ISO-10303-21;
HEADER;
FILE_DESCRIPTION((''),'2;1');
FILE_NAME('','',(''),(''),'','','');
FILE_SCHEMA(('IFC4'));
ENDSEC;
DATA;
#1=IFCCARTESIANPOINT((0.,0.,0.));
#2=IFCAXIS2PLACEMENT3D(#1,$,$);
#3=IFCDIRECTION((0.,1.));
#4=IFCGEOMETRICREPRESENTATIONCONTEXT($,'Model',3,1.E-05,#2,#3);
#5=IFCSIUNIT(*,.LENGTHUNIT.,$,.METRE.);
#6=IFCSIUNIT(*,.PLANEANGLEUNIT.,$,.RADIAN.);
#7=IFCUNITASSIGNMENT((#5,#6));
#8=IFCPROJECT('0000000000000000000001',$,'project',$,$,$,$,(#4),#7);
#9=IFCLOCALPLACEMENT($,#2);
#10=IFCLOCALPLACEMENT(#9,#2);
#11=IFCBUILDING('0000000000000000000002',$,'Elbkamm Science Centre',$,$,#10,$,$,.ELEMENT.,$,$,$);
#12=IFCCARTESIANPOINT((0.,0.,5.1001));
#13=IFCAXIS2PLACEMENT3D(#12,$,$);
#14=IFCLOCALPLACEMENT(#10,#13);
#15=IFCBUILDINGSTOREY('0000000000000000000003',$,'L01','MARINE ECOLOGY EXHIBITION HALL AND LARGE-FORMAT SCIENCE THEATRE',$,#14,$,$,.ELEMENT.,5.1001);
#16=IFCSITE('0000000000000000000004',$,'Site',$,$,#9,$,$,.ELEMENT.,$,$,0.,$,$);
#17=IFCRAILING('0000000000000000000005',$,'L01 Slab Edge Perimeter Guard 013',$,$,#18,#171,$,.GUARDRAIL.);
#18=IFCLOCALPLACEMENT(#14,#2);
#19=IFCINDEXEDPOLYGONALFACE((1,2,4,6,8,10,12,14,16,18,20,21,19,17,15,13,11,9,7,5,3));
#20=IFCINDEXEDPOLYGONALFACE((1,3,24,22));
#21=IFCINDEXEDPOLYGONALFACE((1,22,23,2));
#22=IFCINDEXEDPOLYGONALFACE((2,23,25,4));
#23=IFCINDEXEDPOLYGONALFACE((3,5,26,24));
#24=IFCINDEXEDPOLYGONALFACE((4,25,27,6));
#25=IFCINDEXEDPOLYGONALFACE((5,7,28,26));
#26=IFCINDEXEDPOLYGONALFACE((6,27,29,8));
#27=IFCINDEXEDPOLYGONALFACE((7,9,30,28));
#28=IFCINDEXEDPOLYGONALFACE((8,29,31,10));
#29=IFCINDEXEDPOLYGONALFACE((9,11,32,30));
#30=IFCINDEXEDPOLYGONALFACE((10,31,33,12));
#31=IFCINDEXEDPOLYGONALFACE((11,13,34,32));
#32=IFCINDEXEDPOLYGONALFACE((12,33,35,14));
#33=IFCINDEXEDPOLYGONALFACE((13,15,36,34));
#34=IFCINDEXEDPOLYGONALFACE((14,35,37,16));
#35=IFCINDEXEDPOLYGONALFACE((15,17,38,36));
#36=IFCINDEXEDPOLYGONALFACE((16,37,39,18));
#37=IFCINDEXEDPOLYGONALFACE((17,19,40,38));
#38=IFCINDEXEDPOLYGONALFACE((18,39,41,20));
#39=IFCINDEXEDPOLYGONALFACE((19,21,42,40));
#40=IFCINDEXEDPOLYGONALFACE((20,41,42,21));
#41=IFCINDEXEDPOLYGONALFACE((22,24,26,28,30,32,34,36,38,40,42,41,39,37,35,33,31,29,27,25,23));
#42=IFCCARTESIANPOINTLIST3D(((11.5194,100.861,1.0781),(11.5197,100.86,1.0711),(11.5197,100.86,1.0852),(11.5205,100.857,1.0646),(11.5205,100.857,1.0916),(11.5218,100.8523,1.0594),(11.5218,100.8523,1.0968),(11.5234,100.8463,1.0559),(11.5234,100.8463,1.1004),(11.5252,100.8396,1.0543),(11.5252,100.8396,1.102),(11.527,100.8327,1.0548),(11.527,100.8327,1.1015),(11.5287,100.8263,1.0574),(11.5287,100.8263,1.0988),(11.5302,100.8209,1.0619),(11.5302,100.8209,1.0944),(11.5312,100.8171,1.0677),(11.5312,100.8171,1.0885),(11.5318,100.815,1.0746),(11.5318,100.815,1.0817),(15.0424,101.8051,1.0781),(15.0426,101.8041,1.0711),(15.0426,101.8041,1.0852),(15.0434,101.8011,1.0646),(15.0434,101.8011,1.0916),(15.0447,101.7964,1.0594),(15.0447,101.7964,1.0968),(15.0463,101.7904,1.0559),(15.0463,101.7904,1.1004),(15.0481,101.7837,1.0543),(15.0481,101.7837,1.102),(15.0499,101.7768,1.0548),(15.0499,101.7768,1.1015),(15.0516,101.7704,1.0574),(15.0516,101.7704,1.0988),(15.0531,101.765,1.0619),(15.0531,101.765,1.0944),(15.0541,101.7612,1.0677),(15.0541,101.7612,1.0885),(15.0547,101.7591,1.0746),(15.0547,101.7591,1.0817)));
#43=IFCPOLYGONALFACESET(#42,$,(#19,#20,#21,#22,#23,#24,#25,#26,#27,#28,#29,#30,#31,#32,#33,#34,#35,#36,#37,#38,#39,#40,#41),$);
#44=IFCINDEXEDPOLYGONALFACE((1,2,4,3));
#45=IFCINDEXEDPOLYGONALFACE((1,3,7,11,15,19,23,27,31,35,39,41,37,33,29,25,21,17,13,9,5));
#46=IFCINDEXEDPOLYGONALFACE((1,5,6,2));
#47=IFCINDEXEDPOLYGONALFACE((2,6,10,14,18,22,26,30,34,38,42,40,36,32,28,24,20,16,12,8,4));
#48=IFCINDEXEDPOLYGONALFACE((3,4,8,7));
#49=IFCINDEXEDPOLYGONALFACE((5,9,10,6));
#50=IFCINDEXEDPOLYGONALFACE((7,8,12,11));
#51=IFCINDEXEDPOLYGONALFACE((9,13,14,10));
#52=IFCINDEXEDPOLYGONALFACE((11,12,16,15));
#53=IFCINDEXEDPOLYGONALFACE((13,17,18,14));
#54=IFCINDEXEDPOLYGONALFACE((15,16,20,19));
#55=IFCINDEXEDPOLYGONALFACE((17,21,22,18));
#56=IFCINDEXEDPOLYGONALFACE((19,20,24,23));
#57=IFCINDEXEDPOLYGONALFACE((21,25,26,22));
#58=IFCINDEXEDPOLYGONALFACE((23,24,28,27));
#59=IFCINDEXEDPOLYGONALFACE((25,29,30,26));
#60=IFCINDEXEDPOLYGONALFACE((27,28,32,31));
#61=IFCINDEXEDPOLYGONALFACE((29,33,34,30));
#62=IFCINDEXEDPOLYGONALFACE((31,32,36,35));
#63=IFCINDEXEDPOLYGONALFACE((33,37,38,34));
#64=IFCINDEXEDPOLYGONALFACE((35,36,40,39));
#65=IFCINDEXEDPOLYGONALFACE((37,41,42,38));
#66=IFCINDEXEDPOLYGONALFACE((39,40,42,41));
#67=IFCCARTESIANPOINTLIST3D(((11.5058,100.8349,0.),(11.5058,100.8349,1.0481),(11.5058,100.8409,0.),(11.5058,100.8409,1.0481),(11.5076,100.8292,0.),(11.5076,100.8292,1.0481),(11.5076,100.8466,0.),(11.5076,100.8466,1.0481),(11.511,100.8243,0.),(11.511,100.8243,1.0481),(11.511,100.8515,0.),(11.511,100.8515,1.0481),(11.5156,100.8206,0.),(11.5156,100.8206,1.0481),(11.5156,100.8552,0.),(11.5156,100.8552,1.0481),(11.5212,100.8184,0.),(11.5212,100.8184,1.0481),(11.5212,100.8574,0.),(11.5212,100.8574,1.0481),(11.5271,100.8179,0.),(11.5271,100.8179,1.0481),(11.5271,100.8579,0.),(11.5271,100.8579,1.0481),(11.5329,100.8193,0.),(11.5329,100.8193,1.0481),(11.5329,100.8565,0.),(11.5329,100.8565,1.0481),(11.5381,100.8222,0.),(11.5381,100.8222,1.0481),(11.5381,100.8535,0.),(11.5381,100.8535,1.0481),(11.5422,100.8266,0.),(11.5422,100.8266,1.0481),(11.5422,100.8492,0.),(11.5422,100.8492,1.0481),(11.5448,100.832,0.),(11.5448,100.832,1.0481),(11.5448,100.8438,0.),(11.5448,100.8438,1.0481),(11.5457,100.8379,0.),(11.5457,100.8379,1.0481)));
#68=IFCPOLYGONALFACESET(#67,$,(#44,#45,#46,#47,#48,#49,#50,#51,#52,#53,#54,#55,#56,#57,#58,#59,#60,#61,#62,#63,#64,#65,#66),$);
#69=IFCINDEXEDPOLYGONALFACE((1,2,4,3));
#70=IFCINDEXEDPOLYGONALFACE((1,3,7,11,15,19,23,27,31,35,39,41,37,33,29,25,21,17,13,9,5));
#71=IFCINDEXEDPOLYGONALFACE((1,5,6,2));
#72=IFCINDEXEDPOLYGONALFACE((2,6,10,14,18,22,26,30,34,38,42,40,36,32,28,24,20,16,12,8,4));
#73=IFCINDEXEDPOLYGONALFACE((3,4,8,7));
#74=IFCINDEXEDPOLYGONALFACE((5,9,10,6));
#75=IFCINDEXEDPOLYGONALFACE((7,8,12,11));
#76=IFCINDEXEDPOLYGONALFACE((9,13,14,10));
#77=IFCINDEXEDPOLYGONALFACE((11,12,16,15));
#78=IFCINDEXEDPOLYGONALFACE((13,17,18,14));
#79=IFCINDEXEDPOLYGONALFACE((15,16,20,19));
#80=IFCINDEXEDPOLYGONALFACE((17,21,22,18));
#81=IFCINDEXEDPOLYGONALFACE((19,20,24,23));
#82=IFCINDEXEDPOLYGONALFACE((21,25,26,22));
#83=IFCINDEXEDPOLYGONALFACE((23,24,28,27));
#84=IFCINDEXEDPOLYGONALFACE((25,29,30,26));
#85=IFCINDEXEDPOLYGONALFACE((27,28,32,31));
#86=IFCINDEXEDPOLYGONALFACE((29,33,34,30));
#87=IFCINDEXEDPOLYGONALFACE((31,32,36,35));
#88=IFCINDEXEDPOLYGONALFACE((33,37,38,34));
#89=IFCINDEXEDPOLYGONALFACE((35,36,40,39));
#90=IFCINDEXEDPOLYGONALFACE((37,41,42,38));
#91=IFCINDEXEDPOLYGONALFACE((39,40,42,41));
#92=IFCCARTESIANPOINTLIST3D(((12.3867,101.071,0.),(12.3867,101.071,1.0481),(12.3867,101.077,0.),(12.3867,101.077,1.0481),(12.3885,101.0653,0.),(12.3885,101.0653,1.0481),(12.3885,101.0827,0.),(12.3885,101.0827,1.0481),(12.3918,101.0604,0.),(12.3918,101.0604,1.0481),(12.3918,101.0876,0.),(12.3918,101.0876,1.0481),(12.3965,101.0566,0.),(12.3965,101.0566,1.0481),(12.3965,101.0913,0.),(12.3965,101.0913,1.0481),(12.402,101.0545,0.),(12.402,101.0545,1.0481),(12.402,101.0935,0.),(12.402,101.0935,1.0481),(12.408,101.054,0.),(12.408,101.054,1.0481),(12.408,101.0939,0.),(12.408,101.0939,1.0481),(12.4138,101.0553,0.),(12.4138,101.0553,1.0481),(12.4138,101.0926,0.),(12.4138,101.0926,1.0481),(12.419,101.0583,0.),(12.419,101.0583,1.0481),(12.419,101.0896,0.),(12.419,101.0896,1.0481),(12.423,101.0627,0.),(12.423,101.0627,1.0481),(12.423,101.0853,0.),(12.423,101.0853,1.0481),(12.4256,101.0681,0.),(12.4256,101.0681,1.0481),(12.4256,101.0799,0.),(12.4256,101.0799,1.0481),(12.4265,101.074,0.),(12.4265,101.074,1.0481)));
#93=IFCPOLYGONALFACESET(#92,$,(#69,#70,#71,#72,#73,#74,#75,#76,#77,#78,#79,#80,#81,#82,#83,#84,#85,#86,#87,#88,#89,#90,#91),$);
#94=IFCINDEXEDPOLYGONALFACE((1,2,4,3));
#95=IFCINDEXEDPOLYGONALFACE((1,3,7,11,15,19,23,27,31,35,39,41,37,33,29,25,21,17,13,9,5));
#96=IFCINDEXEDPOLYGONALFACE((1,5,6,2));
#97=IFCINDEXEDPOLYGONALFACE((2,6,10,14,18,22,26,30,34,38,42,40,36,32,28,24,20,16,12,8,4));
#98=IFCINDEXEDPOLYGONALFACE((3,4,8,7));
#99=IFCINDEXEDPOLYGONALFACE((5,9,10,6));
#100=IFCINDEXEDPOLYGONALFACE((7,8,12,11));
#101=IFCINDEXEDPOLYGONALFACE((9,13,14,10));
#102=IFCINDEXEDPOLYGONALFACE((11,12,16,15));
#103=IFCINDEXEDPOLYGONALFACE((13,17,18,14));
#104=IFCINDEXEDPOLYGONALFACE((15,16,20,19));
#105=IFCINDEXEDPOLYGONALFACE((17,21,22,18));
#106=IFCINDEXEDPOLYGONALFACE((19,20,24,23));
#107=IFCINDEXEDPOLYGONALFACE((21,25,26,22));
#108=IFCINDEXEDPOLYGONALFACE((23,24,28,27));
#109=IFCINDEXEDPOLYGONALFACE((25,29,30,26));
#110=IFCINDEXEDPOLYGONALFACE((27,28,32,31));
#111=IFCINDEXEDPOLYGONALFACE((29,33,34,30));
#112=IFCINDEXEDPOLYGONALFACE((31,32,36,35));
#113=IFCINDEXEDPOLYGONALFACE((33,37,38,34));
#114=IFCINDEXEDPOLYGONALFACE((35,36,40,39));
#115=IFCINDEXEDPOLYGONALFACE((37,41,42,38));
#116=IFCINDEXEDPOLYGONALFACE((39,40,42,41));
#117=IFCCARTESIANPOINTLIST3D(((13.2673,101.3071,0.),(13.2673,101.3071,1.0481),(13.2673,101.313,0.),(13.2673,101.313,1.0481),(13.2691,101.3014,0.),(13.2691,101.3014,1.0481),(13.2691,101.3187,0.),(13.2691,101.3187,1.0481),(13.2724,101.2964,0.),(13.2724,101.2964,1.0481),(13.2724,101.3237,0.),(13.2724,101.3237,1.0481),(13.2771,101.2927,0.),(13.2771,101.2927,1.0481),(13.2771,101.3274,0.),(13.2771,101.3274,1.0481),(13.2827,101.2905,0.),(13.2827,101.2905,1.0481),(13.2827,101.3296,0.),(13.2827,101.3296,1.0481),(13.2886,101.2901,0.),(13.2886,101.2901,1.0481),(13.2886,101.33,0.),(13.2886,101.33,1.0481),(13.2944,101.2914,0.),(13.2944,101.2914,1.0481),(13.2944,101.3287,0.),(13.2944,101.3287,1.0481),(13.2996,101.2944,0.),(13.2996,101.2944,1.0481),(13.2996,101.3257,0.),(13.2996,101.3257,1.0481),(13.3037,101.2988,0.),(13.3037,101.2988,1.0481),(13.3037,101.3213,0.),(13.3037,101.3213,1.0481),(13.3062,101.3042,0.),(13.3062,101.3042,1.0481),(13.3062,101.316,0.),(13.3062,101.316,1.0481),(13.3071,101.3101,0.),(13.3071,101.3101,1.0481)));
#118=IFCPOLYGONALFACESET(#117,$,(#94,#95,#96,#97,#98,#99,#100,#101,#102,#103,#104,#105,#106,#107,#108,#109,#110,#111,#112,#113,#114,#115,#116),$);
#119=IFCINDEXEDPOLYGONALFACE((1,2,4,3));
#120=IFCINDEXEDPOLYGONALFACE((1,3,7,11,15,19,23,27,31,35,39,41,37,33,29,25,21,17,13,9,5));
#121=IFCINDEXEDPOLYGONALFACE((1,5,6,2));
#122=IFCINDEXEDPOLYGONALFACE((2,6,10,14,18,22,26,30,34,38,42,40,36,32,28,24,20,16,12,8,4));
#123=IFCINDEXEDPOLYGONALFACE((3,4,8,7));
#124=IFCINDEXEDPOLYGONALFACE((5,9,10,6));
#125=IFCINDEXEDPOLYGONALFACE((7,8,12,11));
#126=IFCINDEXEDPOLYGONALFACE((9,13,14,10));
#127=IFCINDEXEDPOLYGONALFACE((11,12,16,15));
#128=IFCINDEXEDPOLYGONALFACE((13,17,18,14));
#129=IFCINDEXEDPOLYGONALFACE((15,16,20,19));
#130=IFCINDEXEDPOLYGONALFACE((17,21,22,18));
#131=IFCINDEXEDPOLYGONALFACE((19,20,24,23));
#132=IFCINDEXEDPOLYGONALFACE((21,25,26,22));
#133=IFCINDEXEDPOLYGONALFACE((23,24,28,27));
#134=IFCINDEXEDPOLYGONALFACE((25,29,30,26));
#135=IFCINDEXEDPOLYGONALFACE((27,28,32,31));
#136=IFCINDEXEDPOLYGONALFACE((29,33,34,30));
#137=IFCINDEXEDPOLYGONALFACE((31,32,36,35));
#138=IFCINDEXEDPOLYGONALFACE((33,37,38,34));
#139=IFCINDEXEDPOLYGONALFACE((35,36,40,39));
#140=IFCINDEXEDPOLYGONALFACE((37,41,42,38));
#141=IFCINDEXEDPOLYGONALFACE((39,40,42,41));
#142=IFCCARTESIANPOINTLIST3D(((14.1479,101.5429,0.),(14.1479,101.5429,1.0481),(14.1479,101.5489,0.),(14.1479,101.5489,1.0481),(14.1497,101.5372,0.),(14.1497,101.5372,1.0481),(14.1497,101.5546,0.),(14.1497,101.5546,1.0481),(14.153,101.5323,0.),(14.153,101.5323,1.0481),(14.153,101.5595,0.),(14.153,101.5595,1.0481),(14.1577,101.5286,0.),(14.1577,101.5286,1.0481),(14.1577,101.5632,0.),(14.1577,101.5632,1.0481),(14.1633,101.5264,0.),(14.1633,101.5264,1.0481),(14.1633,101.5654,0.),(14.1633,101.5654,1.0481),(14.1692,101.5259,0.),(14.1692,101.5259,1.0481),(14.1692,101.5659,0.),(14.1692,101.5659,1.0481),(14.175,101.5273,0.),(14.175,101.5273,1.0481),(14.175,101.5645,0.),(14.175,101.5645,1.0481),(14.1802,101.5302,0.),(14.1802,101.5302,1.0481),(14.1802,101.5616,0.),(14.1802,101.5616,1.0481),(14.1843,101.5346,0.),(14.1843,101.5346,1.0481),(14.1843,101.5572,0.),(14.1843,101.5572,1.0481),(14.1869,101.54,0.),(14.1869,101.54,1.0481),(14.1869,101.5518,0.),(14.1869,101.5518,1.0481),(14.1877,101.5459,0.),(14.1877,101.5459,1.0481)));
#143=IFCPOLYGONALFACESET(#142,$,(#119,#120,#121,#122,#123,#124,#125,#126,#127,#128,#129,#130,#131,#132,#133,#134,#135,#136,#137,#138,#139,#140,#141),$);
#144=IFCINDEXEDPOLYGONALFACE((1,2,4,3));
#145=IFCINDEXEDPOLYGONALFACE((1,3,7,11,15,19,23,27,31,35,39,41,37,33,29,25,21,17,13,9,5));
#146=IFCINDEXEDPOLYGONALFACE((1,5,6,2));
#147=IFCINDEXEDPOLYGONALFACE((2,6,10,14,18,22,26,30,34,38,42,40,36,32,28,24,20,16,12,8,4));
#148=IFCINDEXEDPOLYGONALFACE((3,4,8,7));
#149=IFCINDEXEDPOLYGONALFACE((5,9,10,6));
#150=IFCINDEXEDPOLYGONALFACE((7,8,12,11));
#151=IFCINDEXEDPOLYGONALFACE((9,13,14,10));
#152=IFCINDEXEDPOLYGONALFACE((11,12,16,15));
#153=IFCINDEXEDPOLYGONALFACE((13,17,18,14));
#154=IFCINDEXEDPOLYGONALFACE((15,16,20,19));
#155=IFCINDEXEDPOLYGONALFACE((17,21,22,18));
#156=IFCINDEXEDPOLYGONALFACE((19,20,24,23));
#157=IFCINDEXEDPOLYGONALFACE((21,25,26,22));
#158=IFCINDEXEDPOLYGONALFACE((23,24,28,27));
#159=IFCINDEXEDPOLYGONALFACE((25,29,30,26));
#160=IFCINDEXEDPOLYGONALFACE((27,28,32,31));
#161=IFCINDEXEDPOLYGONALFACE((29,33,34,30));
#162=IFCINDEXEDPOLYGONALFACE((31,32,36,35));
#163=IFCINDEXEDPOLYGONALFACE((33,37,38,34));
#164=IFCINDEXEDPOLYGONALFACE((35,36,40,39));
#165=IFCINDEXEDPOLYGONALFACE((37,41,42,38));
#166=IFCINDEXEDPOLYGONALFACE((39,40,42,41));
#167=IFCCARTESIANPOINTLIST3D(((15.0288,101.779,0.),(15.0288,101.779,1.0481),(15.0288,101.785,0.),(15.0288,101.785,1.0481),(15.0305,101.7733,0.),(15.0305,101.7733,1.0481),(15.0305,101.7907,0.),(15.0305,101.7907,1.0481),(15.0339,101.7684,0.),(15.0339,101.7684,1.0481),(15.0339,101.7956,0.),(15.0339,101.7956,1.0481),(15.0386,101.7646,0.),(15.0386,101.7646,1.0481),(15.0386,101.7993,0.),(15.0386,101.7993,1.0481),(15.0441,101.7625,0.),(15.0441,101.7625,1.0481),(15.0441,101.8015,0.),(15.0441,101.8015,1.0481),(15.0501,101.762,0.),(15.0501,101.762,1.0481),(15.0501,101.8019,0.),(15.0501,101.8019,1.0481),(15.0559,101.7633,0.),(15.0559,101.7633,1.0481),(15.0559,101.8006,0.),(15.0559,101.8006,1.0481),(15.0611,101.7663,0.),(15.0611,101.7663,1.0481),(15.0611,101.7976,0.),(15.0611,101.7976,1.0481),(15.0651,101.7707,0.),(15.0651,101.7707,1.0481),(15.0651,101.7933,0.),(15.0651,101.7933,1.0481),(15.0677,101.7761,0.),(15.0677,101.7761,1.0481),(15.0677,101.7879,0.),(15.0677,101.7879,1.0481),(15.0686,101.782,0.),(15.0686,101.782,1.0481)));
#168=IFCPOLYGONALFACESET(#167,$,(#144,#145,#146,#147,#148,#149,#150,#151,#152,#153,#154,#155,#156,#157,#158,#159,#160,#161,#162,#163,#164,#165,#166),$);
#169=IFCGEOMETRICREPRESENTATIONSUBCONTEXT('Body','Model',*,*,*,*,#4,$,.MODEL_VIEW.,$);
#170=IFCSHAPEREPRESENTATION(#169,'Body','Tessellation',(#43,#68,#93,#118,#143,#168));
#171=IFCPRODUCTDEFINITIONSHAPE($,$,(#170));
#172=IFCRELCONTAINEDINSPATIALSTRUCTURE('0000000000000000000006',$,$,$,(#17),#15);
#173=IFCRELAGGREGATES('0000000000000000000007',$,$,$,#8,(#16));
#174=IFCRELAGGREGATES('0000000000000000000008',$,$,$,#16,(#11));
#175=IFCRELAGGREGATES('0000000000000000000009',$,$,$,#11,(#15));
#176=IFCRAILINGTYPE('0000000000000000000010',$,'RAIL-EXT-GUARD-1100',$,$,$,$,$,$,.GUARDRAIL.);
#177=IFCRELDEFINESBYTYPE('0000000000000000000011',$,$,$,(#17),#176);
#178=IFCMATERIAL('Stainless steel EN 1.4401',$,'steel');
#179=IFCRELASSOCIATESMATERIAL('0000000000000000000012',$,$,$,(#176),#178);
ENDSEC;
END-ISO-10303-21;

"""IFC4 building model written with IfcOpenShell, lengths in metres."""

from ifc_helpers import new_model, si_unit, direction, frame, origin, origin_2d, place, context, subcontext, project, spatial, circle, extrude, material, type_object, element, save


model = new_model("IFC4")

# Units and contexts
model_context = context("Model", 3, precision=1e-05, world=origin(), true_north=direction((0.0, 1.0)))
body_context = subcontext(model_context, "Body", "Model", "MODEL_VIEW")
ifc_project = project(units=[si_unit("LENGTHUNIT", "METRE"), si_unit("PLANEANGLEUNIT", "RADIAN")], contexts=[model_context])

# Site, building, storey
site_placement = place(None, origin())
site = spatial("IfcSite", under=ifc_project, at=site_placement, Name="Site", CompositionType="ELEMENT", RefElevation=0.0)
building_placement = place(site_placement, origin())
building = spatial("IfcBuilding", under=site, at=building_placement, Name="Elbkamm Science Centre", CompositionType="ELEMENT")
storey_placement = place(building_placement, frame((0.0, 0.0, 5.1001)))
storey = spatial("IfcBuildingStorey", under=building, at=storey_placement, Name="L01", Description="MARINE ECOLOGY EXHIBITION HALL AND LARGE-FORMAT SCIENCE THEATRE", CompositionType="ELEMENT", Elevation=5.1001)

# Railing
ifc_material_1 = material(Name="Stainless steel EN 1.4401", Category="steel")
railing_type = type_object("IfcRailingType", Name="RAIL-EXT-GUARD-1100", PredefinedType="GUARDRAIL", material=ifc_material_1)
railing_placement = place(storey_placement, frame((11.5256, 100.8379, 0.0)))
element("IfcRailing", 1, at=railing_placement, inside=storey, type_object=railing_type, Name="L01 Slab Edge Perimeter Guard 013", PredefinedType="GUARDRAIL", context=body_context, shape_type="SweptSolid", body=[
    extrude(circle(Radius=0.0239, at=origin_2d()), frame((0.0, 0.0, 1.0781), z_axis=(0.965918, 0.25885, 0.0), x_axis=(-0.25885, 0.965918, 0.0)), (0.0, 0.0, 1.0), 3.6472),
    extrude(circle(Radius=0.02, at=origin_2d()), origin(), (0.0, 0.0, 1.0), 1.0481),
    extrude(circle(Radius=0.02, at=origin_2d()), frame((0.8809, 0.2361, 0.0)), (0.0, 0.0, 1.0), 1.0481),
    extrude(circle(Radius=0.02, at=origin_2d()), frame((1.7615, 0.4722, 0.0)), (0.0, 0.0, 1.0), 1.0481),
    extrude(circle(Radius=0.02, at=origin_2d()), frame((2.6421, 0.708, 0.0)), (0.0, 0.0, 1.0), 1.0481),
    extrude(circle(Radius=0.02, at=origin_2d()), frame((3.5229, 0.9441, 0.0)), (0.0, 0.0, 1.0), 1.0481),
])

save(model, "model.ifc")
